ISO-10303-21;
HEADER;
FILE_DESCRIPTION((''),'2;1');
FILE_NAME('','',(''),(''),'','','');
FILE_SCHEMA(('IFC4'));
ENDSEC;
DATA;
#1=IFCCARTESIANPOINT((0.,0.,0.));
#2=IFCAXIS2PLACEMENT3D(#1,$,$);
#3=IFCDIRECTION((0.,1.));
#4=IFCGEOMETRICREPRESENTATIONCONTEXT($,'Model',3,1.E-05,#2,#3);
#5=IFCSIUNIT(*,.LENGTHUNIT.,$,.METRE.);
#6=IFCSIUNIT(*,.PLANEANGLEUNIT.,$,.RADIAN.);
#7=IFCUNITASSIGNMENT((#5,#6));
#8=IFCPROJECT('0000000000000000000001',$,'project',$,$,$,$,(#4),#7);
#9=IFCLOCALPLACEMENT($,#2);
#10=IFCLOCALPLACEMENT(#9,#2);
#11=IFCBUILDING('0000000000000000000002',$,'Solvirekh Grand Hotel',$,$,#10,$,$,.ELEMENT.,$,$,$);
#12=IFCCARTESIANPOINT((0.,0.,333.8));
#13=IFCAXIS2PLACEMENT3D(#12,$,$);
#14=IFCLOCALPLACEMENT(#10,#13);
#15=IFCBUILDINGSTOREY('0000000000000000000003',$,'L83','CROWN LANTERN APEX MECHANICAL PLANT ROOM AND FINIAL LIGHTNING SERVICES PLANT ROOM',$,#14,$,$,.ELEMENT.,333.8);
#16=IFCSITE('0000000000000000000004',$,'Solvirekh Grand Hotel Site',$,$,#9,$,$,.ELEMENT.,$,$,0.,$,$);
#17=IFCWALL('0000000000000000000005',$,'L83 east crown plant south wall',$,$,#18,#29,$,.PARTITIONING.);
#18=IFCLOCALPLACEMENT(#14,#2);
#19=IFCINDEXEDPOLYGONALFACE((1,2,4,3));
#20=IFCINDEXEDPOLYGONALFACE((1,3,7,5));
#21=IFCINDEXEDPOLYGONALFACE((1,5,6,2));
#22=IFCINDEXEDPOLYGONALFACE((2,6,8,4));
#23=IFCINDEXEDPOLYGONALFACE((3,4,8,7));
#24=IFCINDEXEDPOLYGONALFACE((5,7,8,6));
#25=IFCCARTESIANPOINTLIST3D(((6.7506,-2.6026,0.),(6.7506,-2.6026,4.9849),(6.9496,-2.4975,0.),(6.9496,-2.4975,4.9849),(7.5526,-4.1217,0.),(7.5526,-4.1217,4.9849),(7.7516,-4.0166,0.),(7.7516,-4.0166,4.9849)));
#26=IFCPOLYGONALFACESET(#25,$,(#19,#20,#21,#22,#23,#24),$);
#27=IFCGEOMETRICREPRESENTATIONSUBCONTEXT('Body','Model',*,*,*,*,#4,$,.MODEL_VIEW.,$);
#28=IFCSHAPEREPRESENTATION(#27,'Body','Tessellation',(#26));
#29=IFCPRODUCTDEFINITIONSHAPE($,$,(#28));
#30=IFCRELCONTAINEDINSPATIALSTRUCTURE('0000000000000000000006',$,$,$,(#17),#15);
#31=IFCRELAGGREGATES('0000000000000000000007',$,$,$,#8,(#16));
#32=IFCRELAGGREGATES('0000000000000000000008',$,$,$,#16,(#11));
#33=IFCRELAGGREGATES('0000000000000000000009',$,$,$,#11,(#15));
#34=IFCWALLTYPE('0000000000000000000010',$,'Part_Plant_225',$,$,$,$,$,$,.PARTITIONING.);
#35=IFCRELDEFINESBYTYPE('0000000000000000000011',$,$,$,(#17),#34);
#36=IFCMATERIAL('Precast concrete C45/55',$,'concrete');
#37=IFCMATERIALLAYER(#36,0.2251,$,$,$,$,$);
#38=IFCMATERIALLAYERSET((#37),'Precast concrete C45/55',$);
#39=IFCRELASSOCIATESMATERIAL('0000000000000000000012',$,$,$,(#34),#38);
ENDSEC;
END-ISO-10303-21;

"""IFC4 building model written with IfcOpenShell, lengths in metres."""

from ifc_helpers import new_model, si_unit, direction, frame, frame_2d, origin, place, context, subcontext, project, spatial, rectangle, extrude, material, layer, layer_set, type_object, element, save


model = new_model("IFC4")

# Units and contexts
model_context = context("Model", 3, precision=1e-05, world=origin(), true_north=direction((0.0, 1.0)))
body_context = subcontext(model_context, "Body", "Model", "MODEL_VIEW")
ifc_project = project(units=[si_unit("LENGTHUNIT", "METRE"), si_unit("PLANEANGLEUNIT", "RADIAN")], contexts=[model_context])

# Site, building, storey
site_placement = place(None, origin())
site = spatial("IfcSite", under=ifc_project, at=site_placement, Name="Solvirekh Grand Hotel Site", CompositionType="ELEMENT", RefElevation=0.0)
building_placement = place(site_placement, origin())
building = spatial("IfcBuilding", under=site, at=building_placement, Name="Solvirekh Grand Hotel", CompositionType="ELEMENT")
storey_placement = place(building_placement, frame((0.0, 0.0, 333.8)))
storey = spatial("IfcBuildingStorey", under=building, at=storey_placement, Name="L83", Description="CROWN LANTERN APEX MECHANICAL PLANT ROOM AND FINIAL LIGHTNING SERVICES PLANT ROOM", CompositionType="ELEMENT", Elevation=333.8)

# Shared definitions
ifc_material_1 = material(Name="Precast concrete C45/55", Category="concrete")

# Wall
ifc_layer_1 = layer(ifc_material_1, 0.2251)
ifc_layer_set_1 = layer_set([ifc_layer_1], Name="Precast concrete C45/55")
wall_type_1 = type_object("IfcWallType", Name="Part_Plant_225", PredefinedType="PARTITIONING", material=ifc_layer_set_1)
wall_1_placement = place(storey_placement, frame((6.8501, -2.55, 0.0), z_axis=(0.0, 0.0, 1.0), x_axis=(0.466888, -0.884316, 0.0)))
element("IfcWall", 1, at=wall_1_placement, inside=storey, type_object=wall_type_1, Name="L83 east crown plant south wall", PredefinedType="PARTITIONING", context=body_context, shape_type="SweptSolid", body=[
    extrude(rectangle(XDim=1.7178, YDim=0.2251, at=frame_2d((0.8589, 0.0))), origin(), (0.0, 0.0, 1.0), 4.9849),
])

save(model, "model.ifc")
